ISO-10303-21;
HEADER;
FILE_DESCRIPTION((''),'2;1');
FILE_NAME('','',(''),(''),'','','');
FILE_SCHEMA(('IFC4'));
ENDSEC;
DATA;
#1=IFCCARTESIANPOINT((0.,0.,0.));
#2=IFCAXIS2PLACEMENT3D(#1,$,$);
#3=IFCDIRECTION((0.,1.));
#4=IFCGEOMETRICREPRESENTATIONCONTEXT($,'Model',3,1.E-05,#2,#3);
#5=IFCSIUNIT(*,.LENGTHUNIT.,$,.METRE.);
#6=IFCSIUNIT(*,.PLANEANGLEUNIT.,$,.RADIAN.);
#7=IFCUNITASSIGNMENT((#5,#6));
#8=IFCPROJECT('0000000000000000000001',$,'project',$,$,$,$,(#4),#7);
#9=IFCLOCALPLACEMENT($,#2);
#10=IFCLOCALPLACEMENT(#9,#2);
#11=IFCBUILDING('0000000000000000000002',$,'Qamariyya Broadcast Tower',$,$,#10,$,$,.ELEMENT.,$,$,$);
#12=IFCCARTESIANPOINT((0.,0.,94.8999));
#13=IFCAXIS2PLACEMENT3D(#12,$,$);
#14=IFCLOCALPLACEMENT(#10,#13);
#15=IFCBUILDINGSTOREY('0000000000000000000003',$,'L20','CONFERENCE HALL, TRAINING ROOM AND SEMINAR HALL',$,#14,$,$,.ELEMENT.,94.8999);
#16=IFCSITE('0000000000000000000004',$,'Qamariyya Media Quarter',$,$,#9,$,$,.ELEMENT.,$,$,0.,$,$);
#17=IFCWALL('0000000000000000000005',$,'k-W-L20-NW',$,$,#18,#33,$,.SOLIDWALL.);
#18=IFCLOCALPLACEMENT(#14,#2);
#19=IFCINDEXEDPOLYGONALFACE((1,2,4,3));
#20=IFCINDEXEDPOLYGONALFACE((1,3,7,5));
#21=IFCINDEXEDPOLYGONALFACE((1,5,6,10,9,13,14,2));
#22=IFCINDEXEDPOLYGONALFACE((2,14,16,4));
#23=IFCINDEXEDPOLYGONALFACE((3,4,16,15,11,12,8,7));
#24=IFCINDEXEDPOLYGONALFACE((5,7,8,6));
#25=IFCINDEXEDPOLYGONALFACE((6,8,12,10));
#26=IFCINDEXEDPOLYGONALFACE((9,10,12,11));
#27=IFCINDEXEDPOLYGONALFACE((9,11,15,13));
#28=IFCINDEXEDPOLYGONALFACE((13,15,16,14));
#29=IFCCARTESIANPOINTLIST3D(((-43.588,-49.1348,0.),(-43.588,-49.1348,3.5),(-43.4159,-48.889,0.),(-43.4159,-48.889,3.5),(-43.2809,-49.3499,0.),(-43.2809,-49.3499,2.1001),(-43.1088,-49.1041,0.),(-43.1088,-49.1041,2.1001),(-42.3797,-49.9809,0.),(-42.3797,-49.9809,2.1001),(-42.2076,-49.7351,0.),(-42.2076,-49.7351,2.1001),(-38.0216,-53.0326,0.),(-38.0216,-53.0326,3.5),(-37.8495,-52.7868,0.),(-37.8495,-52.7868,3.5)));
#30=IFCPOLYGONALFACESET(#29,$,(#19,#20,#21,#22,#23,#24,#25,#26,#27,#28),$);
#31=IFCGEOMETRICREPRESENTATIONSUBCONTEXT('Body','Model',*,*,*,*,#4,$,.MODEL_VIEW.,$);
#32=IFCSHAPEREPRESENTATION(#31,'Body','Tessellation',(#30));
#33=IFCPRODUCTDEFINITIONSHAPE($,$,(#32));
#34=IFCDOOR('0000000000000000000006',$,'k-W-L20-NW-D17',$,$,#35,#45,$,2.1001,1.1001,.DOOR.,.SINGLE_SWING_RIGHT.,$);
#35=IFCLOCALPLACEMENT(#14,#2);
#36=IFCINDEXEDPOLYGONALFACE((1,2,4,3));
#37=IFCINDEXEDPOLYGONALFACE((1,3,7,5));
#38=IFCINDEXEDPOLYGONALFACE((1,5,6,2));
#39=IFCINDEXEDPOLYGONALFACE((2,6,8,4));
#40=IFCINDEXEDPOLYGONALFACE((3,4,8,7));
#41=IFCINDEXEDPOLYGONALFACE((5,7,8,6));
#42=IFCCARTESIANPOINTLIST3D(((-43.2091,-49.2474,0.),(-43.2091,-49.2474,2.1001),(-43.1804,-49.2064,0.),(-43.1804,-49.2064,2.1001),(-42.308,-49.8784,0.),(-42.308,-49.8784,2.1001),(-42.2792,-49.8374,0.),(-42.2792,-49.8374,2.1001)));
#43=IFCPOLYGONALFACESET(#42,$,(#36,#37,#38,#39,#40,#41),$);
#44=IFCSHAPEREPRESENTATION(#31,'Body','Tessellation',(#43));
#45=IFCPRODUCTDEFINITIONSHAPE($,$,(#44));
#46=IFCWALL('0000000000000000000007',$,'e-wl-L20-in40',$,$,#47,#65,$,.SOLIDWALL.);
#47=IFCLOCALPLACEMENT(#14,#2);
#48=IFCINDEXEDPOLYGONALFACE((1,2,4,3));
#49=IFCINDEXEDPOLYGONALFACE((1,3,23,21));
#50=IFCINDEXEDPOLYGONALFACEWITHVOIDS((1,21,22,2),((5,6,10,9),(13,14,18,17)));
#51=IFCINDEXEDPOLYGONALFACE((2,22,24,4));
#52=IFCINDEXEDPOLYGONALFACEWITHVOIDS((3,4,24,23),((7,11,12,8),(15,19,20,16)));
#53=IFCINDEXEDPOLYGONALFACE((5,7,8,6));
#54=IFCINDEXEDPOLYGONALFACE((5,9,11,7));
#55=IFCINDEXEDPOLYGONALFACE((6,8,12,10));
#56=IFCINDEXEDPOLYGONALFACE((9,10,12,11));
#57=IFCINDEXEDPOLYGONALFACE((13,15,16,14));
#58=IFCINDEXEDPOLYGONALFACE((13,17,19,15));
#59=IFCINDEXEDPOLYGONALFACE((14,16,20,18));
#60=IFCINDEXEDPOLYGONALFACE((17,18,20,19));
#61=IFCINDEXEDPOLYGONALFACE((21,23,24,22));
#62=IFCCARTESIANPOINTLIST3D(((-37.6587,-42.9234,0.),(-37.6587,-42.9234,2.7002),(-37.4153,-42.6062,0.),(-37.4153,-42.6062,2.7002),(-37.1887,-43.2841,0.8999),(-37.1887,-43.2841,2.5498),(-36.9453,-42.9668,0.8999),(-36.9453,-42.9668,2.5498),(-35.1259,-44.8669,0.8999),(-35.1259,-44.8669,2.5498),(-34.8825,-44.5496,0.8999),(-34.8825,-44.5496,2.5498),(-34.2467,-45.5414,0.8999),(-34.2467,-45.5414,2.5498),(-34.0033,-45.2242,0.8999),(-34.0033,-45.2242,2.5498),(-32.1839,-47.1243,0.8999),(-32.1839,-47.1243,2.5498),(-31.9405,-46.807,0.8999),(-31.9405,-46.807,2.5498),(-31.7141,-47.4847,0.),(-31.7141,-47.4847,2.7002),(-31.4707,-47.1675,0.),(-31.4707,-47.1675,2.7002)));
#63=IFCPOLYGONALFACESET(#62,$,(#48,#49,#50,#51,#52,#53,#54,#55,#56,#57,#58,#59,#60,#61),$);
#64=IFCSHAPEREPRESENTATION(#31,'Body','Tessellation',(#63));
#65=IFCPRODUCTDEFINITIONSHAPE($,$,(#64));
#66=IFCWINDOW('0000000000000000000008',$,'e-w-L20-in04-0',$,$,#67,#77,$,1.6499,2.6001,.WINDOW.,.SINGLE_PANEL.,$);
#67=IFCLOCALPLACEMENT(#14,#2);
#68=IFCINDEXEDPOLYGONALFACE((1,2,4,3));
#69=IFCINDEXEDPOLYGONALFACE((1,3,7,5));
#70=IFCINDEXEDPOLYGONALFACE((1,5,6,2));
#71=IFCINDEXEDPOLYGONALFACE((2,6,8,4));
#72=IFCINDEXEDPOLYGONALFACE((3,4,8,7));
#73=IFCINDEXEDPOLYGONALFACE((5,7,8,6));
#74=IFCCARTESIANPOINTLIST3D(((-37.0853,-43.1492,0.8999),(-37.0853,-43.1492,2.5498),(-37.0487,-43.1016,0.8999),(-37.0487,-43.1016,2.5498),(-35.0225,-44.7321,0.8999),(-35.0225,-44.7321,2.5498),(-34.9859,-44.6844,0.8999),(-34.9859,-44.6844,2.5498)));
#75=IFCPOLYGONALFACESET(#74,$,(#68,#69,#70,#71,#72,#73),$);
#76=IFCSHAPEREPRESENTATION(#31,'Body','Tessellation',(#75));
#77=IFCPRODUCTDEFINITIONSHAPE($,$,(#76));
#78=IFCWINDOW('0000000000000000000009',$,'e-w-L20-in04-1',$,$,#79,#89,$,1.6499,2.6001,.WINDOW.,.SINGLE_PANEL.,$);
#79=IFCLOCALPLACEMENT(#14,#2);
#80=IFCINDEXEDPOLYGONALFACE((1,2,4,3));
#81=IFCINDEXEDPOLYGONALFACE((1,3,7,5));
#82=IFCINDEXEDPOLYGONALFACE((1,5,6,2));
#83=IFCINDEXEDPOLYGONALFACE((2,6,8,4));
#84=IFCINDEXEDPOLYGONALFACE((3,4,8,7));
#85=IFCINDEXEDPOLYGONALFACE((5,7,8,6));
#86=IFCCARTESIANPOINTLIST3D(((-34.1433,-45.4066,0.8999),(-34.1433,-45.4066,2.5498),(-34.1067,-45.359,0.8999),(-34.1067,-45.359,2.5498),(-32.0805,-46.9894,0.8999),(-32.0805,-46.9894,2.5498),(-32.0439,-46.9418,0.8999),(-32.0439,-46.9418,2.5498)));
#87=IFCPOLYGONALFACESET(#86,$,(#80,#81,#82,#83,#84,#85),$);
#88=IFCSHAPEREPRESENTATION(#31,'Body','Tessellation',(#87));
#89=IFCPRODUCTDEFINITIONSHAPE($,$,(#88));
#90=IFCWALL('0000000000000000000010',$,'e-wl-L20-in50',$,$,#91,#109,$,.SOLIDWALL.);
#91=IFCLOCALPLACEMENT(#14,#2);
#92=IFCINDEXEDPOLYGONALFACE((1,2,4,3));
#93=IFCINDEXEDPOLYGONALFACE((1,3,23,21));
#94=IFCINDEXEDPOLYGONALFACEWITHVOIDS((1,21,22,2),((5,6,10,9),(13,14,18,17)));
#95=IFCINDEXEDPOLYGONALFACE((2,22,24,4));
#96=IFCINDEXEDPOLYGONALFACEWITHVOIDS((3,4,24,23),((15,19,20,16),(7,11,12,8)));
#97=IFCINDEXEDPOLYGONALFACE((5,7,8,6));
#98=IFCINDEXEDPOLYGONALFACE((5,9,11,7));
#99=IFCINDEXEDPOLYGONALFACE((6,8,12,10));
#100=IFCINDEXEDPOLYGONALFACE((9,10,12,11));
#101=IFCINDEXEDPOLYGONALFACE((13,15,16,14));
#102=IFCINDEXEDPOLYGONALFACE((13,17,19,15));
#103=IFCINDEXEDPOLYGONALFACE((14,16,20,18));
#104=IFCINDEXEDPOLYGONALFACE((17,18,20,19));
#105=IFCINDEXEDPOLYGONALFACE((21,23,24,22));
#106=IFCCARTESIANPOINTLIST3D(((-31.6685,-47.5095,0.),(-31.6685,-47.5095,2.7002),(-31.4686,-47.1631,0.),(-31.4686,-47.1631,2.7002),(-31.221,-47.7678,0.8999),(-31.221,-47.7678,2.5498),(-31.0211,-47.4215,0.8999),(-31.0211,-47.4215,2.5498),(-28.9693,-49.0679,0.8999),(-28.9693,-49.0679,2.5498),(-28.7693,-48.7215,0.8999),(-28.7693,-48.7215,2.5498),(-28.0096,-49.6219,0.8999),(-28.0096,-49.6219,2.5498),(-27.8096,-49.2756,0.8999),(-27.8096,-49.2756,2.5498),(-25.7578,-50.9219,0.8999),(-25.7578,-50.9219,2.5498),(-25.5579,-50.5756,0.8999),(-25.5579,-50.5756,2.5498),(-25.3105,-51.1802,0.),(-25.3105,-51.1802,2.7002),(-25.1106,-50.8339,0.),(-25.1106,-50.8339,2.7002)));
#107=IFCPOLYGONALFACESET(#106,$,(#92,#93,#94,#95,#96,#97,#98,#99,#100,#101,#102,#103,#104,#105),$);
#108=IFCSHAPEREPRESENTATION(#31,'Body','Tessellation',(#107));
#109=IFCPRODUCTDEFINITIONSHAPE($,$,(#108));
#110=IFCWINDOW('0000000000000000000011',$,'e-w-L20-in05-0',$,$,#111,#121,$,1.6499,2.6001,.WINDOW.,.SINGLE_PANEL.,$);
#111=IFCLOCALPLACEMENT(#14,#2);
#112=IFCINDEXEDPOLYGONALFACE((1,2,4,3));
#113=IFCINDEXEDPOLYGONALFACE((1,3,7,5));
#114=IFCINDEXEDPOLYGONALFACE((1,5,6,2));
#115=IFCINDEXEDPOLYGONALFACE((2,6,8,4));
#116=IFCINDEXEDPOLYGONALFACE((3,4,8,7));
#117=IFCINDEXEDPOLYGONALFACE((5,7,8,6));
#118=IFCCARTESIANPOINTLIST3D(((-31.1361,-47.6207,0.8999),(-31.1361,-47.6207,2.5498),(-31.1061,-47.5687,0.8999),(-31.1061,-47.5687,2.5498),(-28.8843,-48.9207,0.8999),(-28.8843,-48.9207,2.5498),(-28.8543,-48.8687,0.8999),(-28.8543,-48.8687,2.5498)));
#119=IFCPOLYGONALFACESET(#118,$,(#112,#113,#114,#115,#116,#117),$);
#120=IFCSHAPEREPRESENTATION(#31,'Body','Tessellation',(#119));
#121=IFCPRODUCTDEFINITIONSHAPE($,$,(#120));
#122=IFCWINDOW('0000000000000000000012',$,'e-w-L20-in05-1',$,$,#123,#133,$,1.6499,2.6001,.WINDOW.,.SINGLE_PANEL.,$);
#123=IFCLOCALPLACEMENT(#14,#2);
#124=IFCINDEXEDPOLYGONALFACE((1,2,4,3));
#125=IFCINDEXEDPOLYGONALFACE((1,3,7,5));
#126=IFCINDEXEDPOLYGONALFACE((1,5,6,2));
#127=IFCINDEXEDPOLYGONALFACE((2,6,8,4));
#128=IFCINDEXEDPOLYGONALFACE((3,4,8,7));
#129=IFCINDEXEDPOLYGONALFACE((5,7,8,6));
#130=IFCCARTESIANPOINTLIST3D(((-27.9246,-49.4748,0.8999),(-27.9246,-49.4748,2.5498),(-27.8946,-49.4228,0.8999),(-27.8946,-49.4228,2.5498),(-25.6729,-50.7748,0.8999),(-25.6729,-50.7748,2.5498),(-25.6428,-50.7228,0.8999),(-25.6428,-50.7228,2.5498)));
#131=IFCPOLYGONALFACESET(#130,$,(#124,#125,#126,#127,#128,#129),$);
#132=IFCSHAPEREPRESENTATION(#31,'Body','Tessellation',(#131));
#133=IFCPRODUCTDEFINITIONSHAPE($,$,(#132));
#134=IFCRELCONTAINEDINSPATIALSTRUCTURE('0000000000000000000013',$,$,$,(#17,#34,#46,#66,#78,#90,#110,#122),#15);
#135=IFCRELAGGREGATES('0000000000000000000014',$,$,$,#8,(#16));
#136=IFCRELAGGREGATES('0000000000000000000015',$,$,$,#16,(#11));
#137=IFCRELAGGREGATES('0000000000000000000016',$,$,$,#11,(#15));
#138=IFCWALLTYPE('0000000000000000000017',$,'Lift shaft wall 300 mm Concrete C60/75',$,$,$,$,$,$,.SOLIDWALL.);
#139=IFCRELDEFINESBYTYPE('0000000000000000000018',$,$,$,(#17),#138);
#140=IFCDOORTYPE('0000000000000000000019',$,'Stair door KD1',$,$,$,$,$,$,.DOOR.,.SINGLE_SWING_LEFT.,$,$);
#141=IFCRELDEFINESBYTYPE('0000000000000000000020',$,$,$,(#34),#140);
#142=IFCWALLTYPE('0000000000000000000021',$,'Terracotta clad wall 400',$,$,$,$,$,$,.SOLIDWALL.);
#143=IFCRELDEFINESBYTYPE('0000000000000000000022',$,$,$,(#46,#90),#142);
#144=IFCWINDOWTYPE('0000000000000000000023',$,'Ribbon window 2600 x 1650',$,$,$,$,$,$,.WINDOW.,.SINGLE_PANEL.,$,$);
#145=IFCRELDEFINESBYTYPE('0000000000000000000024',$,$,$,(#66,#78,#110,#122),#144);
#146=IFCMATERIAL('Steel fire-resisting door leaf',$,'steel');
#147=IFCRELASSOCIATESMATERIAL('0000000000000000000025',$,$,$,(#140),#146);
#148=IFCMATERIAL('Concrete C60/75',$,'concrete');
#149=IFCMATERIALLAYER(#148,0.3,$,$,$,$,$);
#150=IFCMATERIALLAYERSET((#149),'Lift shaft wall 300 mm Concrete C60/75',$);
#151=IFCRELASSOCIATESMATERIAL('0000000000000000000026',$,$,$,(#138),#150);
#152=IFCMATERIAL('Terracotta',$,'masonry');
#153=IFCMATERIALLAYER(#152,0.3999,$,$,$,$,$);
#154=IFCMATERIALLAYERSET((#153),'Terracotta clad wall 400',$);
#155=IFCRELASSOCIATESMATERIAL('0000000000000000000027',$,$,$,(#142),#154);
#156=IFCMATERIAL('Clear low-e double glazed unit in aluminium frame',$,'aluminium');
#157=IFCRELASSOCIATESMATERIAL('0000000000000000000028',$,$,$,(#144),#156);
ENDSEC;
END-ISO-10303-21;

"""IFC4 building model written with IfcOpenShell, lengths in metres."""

from ifc_helpers import new_model, si_unit, direction, frame, frame_2d, origin, place, context, subcontext, project, spatial, rectangle, extrude, material, layer, layer_set, type_object, element, fill, save


model = new_model("IFC4")

# Units and contexts
model_context = context("Model", 3, precision=1e-05, world=origin(), true_north=direction((0.0, 1.0)))
body_context = subcontext(model_context, "Body", "Model", "MODEL_VIEW")
ifc_project = project(units=[si_unit("LENGTHUNIT", "METRE"), si_unit("PLANEANGLEUNIT", "RADIAN")], contexts=[model_context])

# Site, building, storey
site_placement = place(None, origin())
site = spatial("IfcSite", under=ifc_project, at=site_placement, Name="Qamariyya Media Quarter", CompositionType="ELEMENT", RefElevation=0.0)
building_placement = place(site_placement, origin())
building = spatial("IfcBuilding", under=site, at=building_placement, Name="Qamariyya Broadcast Tower", CompositionType="ELEMENT")
storey_placement = place(building_placement, frame((0.0, 0.0, 94.8999)))
storey = spatial("IfcBuildingStorey", under=building, at=storey_placement, Name="L20", Description="CONFERENCE HALL, TRAINING ROOM AND SEMINAR HALL", CompositionType="ELEMENT", Elevation=94.8999)

# Shared definitions
ifc_material_1 = material(Name="Steel fire-resisting door leaf", Category="steel")
door_type_1 = type_object("IfcDoorType", Name="Stair door KD1", OperationType="SINGLE_SWING_LEFT", PredefinedType="DOOR", material=ifc_material_1)

# Wall, opening, door
ifc_material_2 = material(Name="Concrete C60/75", Category="concrete")
ifc_layer_1 = layer(ifc_material_2, 0.3)
ifc_layer_set_1 = layer_set([ifc_layer_1], Name="Lift shaft wall 300 mm Concrete C60/75")
wall_type_1 = type_object("IfcWallType", Name="Lift shaft wall 300 mm Concrete C60/75", PredefinedType="SOLIDWALL", material=ifc_layer_set_1)
wall_1_placement = place(storey_placement, frame((-37.9355, -52.9097, 0.0), z_axis=(0.0, 0.0, 1.0), x_axis=(-0.819148, 0.573583, 0.0)))
wall_1 = element("IfcWall", 1, at=wall_1_placement, inside=storey, type_object=wall_type_1, Name="k-W-L20-NW", PredefinedType="SOLIDWALL", context=body_context, shape_type="SweptSolid", body=[
    extrude(rectangle(XDim=6.7954, YDim=0.3, at=frame_2d((3.3977, 0.0))), origin(), (0.0, 0.0, 1.0), 3.5),
])
opening_1_placement = place(wall_1_placement, frame((5.3203, 0.0, 0.0)))
opening_1 = element("IfcOpeningElement", 2, at=opening_1_placement, cuts=wall_1, PredefinedType="OPENING", context=body_context, shape_type="SweptSolid", body=[
    extrude(rectangle(XDim=1.1001, YDim=2.1001, at=frame_2d((0.55, 1.05))), frame((0.0, 0.1599, 0.0), z_axis=(0.0, -1.0, 0.0), x_axis=(1.0, 0.0, 0.0)), (0.0, 0.0, 1.0), 0.3201),
])
door_1_placement = place(opening_1_placement, origin())
door_1 = element("IfcDoor", 3, at=door_1_placement, inside=storey, type_object=door_type_1, Name="k-W-L20-NW-D17", OperationType="SINGLE_SWING_RIGHT", OverallHeight=2.1001, OverallWidth=1.1001, PredefinedType="DOOR", context=body_context, shape_type="SweptSolid", body=[
    extrude(rectangle(XDim=1.1001, YDim=2.1001, at=frame_2d((0.55, 1.05))), frame((0.0, 0.0249, 0.0), z_axis=(0.0, -1.0, 0.0), x_axis=(1.0, 0.0, 0.0)), (0.0, 0.0, 1.0), 0.05),
])
fill(opening_1, door_1)

# Walls, openings, windows
ifc_material_3 = material(Name="Terracotta", Category="masonry")
ifc_layer_2 = layer(ifc_material_3, 0.3999)
ifc_layer_set_2 = layer_set([ifc_layer_2], Name="Terracotta clad wall 400")
wall_type_2 = type_object("IfcWallType", Name="Terracotta clad wall 400", PredefinedType="SOLIDWALL", material=ifc_layer_set_2)
wall_2_placement = place(storey_placement, frame((-31.5923, -47.3262, 0.0), z_axis=(0.0, 0.0, 1.0), x_axis=(-0.793363, 0.608748, 0.0)))
wall_2 = element("IfcWall", 4, at=wall_2_placement, inside=storey, type_object=wall_type_2, Name="e-wl-L20-in40", PredefinedType="SOLIDWALL", context=body_context, shape_type="SweptSolid", body=[
    extrude(rectangle(XDim=7.4929, YDim=0.3999, at=frame_2d((3.7466, 0.0))), origin(), (0.0, 0.0, 1.0), 2.7002),
])
opening_2_placement = place(wall_2_placement, frame((4.3005, 0.0, 0.8999)))
opening_2 = element("IfcOpeningElement", 5, at=opening_2_placement, cuts=wall_2, PredefinedType="OPENING", context=body_context, shape_type="SweptSolid", body=[
    extrude(rectangle(XDim=2.6001, YDim=1.6499, at=frame_2d((1.3, 0.825))), frame((0.0, 0.21, 0.0), z_axis=(0.0, -1.0, 0.0), x_axis=(1.0, 0.0, 0.0)), (0.0, 0.0, 1.0), 0.4199),
])
opening_3_placement = place(wall_2_placement, frame((0.5923, 0.0, 0.8999)))
opening_3 = element("IfcOpeningElement", 6, at=opening_3_placement, cuts=wall_2, PredefinedType="OPENING", context=body_context, shape_type="SweptSolid", body=[
    extrude(rectangle(XDim=2.6001, YDim=1.6499, at=frame_2d((1.3, 0.825))), frame((0.0, 0.21, 0.0), z_axis=(0.0, -1.0, 0.0), x_axis=(1.0, 0.0, 0.0)), (0.0, 0.0, 1.0), 0.4199),
])
ifc_material_4 = material(Name="Clear low-e double glazed unit in aluminium frame", Category="aluminium")
window_type = type_object("IfcWindowType", Name="Ribbon window 2600 x 1650", PartitioningType="SINGLE_PANEL", PredefinedType="WINDOW", material=ifc_material_4)
window_1_placement = place(opening_2_placement, origin())
window_1 = element("IfcWindow", 7, at=window_1_placement, inside=storey, type_object=window_type, Name="e-w-L20-in04-0", OverallHeight=1.6499, OverallWidth=2.6001, PartitioningType="SINGLE_PANEL", PredefinedType="WINDOW", context=body_context, shape_type="SweptSolid", body=[
    extrude(rectangle(XDim=2.6001, YDim=1.6499, at=frame_2d((1.3, 0.825))), frame((0.0, 0.03, 0.0), z_axis=(0.0, -1.0, 0.0), x_axis=(1.0, 0.0, 0.0)), (0.0, 0.0, 1.0), 0.0601),
])
fill(opening_2, window_1)
window_2_placement = place(opening_3_placement, origin())
window_2 = element("IfcWindow", 8, at=window_2_placement, inside=storey, type_object=window_type, Name="e-w-L20-in04-1", OverallHeight=1.6499, OverallWidth=2.6001, PartitioningType="SINGLE_PANEL", PredefinedType="WINDOW", context=body_context, shape_type="SweptSolid", body=[
    extrude(rectangle(XDim=2.6001, YDim=1.6499, at=frame_2d((1.3, 0.825))), frame((0.0, 0.03, 0.0), z_axis=(0.0, -1.0, 0.0), x_axis=(1.0, 0.0, 0.0)), (0.0, 0.0, 1.0), 0.0601),
])
fill(opening_3, window_2)
wall_3_placement = place(storey_placement, frame((-25.2104, -51.0071, 0.0), z_axis=(0.0, 0.0, 1.0), x_axis=(-0.866031, 0.499991, 0.0)))
wall_3 = element("IfcWall", 9, at=wall_3_placement, inside=storey, type_object=wall_type_2, Name="e-wl-L20-in50", PredefinedType="SOLIDWALL", context=body_context, shape_type="SweptSolid", body=[
    extrude(rectangle(XDim=7.3416, YDim=0.3999, at=frame_2d((3.6709, 0.0))), origin(), (0.0, 0.0, 1.0), 2.7002),
])
opening_4_placement = place(wall_3_placement, frame((4.2249, 0.0, 0.8999)))
opening_4 = element("IfcOpeningElement", 10, at=opening_4_placement, cuts=wall_3, PredefinedType="OPENING", context=body_context, shape_type="SweptSolid", body=[
    extrude(rectangle(XDim=2.6001, YDim=1.6499, at=frame_2d((1.3, 0.825))), frame((0.0, 0.21, 0.0), z_axis=(0.0, -1.0, 0.0), x_axis=(1.0, 0.0, 0.0)), (0.0, 0.0, 1.0), 0.4199),
])
opening_5_placement = place(wall_3_placement, frame((0.5166, 0.0, 0.8999)))
opening_5 = element("IfcOpeningElement", 11, at=opening_5_placement, cuts=wall_3, PredefinedType="OPENING", context=body_context, shape_type="SweptSolid", body=[
    extrude(rectangle(XDim=2.6001, YDim=1.6499, at=frame_2d((1.3, 0.825))), frame((0.0, 0.21, 0.0), z_axis=(0.0, -1.0, 0.0), x_axis=(1.0, 0.0, 0.0)), (0.0, 0.0, 1.0), 0.4199),
])
window_3_placement = place(opening_4_placement, origin())
window_3 = element("IfcWindow", 12, at=window_3_placement, inside=storey, type_object=window_type, Name="e-w-L20-in05-0", OverallHeight=1.6499, OverallWidth=2.6001, PartitioningType="SINGLE_PANEL", PredefinedType="WINDOW", context=body_context, shape_type="SweptSolid", body=[
    extrude(rectangle(XDim=2.6001, YDim=1.6499, at=frame_2d((1.3, 0.825))), frame((0.0, 0.03, 0.0), z_axis=(0.0, -1.0, 0.0), x_axis=(1.0, 0.0, 0.0)), (0.0, 0.0, 1.0), 0.0601),
])
fill(opening_4, window_3)
window_4_placement = place(opening_5_placement, origin())
window_4 = element("IfcWindow", 13, at=window_4_placement, inside=storey, type_object=window_type, Name="e-w-L20-in05-1", OverallHeight=1.6499, OverallWidth=2.6001, PartitioningType="SINGLE_PANEL", PredefinedType="WINDOW", context=body_context, shape_type="SweptSolid", body=[
    extrude(rectangle(XDim=2.6001, YDim=1.6499, at=frame_2d((1.3, 0.825))), frame((0.0, 0.03, 0.0), z_axis=(0.0, -1.0, 0.0), x_axis=(1.0, 0.0, 0.0)), (0.0, 0.0, 1.0), 0.0601),
])
fill(opening_5, window_4)

save(model, "model.ifc")
